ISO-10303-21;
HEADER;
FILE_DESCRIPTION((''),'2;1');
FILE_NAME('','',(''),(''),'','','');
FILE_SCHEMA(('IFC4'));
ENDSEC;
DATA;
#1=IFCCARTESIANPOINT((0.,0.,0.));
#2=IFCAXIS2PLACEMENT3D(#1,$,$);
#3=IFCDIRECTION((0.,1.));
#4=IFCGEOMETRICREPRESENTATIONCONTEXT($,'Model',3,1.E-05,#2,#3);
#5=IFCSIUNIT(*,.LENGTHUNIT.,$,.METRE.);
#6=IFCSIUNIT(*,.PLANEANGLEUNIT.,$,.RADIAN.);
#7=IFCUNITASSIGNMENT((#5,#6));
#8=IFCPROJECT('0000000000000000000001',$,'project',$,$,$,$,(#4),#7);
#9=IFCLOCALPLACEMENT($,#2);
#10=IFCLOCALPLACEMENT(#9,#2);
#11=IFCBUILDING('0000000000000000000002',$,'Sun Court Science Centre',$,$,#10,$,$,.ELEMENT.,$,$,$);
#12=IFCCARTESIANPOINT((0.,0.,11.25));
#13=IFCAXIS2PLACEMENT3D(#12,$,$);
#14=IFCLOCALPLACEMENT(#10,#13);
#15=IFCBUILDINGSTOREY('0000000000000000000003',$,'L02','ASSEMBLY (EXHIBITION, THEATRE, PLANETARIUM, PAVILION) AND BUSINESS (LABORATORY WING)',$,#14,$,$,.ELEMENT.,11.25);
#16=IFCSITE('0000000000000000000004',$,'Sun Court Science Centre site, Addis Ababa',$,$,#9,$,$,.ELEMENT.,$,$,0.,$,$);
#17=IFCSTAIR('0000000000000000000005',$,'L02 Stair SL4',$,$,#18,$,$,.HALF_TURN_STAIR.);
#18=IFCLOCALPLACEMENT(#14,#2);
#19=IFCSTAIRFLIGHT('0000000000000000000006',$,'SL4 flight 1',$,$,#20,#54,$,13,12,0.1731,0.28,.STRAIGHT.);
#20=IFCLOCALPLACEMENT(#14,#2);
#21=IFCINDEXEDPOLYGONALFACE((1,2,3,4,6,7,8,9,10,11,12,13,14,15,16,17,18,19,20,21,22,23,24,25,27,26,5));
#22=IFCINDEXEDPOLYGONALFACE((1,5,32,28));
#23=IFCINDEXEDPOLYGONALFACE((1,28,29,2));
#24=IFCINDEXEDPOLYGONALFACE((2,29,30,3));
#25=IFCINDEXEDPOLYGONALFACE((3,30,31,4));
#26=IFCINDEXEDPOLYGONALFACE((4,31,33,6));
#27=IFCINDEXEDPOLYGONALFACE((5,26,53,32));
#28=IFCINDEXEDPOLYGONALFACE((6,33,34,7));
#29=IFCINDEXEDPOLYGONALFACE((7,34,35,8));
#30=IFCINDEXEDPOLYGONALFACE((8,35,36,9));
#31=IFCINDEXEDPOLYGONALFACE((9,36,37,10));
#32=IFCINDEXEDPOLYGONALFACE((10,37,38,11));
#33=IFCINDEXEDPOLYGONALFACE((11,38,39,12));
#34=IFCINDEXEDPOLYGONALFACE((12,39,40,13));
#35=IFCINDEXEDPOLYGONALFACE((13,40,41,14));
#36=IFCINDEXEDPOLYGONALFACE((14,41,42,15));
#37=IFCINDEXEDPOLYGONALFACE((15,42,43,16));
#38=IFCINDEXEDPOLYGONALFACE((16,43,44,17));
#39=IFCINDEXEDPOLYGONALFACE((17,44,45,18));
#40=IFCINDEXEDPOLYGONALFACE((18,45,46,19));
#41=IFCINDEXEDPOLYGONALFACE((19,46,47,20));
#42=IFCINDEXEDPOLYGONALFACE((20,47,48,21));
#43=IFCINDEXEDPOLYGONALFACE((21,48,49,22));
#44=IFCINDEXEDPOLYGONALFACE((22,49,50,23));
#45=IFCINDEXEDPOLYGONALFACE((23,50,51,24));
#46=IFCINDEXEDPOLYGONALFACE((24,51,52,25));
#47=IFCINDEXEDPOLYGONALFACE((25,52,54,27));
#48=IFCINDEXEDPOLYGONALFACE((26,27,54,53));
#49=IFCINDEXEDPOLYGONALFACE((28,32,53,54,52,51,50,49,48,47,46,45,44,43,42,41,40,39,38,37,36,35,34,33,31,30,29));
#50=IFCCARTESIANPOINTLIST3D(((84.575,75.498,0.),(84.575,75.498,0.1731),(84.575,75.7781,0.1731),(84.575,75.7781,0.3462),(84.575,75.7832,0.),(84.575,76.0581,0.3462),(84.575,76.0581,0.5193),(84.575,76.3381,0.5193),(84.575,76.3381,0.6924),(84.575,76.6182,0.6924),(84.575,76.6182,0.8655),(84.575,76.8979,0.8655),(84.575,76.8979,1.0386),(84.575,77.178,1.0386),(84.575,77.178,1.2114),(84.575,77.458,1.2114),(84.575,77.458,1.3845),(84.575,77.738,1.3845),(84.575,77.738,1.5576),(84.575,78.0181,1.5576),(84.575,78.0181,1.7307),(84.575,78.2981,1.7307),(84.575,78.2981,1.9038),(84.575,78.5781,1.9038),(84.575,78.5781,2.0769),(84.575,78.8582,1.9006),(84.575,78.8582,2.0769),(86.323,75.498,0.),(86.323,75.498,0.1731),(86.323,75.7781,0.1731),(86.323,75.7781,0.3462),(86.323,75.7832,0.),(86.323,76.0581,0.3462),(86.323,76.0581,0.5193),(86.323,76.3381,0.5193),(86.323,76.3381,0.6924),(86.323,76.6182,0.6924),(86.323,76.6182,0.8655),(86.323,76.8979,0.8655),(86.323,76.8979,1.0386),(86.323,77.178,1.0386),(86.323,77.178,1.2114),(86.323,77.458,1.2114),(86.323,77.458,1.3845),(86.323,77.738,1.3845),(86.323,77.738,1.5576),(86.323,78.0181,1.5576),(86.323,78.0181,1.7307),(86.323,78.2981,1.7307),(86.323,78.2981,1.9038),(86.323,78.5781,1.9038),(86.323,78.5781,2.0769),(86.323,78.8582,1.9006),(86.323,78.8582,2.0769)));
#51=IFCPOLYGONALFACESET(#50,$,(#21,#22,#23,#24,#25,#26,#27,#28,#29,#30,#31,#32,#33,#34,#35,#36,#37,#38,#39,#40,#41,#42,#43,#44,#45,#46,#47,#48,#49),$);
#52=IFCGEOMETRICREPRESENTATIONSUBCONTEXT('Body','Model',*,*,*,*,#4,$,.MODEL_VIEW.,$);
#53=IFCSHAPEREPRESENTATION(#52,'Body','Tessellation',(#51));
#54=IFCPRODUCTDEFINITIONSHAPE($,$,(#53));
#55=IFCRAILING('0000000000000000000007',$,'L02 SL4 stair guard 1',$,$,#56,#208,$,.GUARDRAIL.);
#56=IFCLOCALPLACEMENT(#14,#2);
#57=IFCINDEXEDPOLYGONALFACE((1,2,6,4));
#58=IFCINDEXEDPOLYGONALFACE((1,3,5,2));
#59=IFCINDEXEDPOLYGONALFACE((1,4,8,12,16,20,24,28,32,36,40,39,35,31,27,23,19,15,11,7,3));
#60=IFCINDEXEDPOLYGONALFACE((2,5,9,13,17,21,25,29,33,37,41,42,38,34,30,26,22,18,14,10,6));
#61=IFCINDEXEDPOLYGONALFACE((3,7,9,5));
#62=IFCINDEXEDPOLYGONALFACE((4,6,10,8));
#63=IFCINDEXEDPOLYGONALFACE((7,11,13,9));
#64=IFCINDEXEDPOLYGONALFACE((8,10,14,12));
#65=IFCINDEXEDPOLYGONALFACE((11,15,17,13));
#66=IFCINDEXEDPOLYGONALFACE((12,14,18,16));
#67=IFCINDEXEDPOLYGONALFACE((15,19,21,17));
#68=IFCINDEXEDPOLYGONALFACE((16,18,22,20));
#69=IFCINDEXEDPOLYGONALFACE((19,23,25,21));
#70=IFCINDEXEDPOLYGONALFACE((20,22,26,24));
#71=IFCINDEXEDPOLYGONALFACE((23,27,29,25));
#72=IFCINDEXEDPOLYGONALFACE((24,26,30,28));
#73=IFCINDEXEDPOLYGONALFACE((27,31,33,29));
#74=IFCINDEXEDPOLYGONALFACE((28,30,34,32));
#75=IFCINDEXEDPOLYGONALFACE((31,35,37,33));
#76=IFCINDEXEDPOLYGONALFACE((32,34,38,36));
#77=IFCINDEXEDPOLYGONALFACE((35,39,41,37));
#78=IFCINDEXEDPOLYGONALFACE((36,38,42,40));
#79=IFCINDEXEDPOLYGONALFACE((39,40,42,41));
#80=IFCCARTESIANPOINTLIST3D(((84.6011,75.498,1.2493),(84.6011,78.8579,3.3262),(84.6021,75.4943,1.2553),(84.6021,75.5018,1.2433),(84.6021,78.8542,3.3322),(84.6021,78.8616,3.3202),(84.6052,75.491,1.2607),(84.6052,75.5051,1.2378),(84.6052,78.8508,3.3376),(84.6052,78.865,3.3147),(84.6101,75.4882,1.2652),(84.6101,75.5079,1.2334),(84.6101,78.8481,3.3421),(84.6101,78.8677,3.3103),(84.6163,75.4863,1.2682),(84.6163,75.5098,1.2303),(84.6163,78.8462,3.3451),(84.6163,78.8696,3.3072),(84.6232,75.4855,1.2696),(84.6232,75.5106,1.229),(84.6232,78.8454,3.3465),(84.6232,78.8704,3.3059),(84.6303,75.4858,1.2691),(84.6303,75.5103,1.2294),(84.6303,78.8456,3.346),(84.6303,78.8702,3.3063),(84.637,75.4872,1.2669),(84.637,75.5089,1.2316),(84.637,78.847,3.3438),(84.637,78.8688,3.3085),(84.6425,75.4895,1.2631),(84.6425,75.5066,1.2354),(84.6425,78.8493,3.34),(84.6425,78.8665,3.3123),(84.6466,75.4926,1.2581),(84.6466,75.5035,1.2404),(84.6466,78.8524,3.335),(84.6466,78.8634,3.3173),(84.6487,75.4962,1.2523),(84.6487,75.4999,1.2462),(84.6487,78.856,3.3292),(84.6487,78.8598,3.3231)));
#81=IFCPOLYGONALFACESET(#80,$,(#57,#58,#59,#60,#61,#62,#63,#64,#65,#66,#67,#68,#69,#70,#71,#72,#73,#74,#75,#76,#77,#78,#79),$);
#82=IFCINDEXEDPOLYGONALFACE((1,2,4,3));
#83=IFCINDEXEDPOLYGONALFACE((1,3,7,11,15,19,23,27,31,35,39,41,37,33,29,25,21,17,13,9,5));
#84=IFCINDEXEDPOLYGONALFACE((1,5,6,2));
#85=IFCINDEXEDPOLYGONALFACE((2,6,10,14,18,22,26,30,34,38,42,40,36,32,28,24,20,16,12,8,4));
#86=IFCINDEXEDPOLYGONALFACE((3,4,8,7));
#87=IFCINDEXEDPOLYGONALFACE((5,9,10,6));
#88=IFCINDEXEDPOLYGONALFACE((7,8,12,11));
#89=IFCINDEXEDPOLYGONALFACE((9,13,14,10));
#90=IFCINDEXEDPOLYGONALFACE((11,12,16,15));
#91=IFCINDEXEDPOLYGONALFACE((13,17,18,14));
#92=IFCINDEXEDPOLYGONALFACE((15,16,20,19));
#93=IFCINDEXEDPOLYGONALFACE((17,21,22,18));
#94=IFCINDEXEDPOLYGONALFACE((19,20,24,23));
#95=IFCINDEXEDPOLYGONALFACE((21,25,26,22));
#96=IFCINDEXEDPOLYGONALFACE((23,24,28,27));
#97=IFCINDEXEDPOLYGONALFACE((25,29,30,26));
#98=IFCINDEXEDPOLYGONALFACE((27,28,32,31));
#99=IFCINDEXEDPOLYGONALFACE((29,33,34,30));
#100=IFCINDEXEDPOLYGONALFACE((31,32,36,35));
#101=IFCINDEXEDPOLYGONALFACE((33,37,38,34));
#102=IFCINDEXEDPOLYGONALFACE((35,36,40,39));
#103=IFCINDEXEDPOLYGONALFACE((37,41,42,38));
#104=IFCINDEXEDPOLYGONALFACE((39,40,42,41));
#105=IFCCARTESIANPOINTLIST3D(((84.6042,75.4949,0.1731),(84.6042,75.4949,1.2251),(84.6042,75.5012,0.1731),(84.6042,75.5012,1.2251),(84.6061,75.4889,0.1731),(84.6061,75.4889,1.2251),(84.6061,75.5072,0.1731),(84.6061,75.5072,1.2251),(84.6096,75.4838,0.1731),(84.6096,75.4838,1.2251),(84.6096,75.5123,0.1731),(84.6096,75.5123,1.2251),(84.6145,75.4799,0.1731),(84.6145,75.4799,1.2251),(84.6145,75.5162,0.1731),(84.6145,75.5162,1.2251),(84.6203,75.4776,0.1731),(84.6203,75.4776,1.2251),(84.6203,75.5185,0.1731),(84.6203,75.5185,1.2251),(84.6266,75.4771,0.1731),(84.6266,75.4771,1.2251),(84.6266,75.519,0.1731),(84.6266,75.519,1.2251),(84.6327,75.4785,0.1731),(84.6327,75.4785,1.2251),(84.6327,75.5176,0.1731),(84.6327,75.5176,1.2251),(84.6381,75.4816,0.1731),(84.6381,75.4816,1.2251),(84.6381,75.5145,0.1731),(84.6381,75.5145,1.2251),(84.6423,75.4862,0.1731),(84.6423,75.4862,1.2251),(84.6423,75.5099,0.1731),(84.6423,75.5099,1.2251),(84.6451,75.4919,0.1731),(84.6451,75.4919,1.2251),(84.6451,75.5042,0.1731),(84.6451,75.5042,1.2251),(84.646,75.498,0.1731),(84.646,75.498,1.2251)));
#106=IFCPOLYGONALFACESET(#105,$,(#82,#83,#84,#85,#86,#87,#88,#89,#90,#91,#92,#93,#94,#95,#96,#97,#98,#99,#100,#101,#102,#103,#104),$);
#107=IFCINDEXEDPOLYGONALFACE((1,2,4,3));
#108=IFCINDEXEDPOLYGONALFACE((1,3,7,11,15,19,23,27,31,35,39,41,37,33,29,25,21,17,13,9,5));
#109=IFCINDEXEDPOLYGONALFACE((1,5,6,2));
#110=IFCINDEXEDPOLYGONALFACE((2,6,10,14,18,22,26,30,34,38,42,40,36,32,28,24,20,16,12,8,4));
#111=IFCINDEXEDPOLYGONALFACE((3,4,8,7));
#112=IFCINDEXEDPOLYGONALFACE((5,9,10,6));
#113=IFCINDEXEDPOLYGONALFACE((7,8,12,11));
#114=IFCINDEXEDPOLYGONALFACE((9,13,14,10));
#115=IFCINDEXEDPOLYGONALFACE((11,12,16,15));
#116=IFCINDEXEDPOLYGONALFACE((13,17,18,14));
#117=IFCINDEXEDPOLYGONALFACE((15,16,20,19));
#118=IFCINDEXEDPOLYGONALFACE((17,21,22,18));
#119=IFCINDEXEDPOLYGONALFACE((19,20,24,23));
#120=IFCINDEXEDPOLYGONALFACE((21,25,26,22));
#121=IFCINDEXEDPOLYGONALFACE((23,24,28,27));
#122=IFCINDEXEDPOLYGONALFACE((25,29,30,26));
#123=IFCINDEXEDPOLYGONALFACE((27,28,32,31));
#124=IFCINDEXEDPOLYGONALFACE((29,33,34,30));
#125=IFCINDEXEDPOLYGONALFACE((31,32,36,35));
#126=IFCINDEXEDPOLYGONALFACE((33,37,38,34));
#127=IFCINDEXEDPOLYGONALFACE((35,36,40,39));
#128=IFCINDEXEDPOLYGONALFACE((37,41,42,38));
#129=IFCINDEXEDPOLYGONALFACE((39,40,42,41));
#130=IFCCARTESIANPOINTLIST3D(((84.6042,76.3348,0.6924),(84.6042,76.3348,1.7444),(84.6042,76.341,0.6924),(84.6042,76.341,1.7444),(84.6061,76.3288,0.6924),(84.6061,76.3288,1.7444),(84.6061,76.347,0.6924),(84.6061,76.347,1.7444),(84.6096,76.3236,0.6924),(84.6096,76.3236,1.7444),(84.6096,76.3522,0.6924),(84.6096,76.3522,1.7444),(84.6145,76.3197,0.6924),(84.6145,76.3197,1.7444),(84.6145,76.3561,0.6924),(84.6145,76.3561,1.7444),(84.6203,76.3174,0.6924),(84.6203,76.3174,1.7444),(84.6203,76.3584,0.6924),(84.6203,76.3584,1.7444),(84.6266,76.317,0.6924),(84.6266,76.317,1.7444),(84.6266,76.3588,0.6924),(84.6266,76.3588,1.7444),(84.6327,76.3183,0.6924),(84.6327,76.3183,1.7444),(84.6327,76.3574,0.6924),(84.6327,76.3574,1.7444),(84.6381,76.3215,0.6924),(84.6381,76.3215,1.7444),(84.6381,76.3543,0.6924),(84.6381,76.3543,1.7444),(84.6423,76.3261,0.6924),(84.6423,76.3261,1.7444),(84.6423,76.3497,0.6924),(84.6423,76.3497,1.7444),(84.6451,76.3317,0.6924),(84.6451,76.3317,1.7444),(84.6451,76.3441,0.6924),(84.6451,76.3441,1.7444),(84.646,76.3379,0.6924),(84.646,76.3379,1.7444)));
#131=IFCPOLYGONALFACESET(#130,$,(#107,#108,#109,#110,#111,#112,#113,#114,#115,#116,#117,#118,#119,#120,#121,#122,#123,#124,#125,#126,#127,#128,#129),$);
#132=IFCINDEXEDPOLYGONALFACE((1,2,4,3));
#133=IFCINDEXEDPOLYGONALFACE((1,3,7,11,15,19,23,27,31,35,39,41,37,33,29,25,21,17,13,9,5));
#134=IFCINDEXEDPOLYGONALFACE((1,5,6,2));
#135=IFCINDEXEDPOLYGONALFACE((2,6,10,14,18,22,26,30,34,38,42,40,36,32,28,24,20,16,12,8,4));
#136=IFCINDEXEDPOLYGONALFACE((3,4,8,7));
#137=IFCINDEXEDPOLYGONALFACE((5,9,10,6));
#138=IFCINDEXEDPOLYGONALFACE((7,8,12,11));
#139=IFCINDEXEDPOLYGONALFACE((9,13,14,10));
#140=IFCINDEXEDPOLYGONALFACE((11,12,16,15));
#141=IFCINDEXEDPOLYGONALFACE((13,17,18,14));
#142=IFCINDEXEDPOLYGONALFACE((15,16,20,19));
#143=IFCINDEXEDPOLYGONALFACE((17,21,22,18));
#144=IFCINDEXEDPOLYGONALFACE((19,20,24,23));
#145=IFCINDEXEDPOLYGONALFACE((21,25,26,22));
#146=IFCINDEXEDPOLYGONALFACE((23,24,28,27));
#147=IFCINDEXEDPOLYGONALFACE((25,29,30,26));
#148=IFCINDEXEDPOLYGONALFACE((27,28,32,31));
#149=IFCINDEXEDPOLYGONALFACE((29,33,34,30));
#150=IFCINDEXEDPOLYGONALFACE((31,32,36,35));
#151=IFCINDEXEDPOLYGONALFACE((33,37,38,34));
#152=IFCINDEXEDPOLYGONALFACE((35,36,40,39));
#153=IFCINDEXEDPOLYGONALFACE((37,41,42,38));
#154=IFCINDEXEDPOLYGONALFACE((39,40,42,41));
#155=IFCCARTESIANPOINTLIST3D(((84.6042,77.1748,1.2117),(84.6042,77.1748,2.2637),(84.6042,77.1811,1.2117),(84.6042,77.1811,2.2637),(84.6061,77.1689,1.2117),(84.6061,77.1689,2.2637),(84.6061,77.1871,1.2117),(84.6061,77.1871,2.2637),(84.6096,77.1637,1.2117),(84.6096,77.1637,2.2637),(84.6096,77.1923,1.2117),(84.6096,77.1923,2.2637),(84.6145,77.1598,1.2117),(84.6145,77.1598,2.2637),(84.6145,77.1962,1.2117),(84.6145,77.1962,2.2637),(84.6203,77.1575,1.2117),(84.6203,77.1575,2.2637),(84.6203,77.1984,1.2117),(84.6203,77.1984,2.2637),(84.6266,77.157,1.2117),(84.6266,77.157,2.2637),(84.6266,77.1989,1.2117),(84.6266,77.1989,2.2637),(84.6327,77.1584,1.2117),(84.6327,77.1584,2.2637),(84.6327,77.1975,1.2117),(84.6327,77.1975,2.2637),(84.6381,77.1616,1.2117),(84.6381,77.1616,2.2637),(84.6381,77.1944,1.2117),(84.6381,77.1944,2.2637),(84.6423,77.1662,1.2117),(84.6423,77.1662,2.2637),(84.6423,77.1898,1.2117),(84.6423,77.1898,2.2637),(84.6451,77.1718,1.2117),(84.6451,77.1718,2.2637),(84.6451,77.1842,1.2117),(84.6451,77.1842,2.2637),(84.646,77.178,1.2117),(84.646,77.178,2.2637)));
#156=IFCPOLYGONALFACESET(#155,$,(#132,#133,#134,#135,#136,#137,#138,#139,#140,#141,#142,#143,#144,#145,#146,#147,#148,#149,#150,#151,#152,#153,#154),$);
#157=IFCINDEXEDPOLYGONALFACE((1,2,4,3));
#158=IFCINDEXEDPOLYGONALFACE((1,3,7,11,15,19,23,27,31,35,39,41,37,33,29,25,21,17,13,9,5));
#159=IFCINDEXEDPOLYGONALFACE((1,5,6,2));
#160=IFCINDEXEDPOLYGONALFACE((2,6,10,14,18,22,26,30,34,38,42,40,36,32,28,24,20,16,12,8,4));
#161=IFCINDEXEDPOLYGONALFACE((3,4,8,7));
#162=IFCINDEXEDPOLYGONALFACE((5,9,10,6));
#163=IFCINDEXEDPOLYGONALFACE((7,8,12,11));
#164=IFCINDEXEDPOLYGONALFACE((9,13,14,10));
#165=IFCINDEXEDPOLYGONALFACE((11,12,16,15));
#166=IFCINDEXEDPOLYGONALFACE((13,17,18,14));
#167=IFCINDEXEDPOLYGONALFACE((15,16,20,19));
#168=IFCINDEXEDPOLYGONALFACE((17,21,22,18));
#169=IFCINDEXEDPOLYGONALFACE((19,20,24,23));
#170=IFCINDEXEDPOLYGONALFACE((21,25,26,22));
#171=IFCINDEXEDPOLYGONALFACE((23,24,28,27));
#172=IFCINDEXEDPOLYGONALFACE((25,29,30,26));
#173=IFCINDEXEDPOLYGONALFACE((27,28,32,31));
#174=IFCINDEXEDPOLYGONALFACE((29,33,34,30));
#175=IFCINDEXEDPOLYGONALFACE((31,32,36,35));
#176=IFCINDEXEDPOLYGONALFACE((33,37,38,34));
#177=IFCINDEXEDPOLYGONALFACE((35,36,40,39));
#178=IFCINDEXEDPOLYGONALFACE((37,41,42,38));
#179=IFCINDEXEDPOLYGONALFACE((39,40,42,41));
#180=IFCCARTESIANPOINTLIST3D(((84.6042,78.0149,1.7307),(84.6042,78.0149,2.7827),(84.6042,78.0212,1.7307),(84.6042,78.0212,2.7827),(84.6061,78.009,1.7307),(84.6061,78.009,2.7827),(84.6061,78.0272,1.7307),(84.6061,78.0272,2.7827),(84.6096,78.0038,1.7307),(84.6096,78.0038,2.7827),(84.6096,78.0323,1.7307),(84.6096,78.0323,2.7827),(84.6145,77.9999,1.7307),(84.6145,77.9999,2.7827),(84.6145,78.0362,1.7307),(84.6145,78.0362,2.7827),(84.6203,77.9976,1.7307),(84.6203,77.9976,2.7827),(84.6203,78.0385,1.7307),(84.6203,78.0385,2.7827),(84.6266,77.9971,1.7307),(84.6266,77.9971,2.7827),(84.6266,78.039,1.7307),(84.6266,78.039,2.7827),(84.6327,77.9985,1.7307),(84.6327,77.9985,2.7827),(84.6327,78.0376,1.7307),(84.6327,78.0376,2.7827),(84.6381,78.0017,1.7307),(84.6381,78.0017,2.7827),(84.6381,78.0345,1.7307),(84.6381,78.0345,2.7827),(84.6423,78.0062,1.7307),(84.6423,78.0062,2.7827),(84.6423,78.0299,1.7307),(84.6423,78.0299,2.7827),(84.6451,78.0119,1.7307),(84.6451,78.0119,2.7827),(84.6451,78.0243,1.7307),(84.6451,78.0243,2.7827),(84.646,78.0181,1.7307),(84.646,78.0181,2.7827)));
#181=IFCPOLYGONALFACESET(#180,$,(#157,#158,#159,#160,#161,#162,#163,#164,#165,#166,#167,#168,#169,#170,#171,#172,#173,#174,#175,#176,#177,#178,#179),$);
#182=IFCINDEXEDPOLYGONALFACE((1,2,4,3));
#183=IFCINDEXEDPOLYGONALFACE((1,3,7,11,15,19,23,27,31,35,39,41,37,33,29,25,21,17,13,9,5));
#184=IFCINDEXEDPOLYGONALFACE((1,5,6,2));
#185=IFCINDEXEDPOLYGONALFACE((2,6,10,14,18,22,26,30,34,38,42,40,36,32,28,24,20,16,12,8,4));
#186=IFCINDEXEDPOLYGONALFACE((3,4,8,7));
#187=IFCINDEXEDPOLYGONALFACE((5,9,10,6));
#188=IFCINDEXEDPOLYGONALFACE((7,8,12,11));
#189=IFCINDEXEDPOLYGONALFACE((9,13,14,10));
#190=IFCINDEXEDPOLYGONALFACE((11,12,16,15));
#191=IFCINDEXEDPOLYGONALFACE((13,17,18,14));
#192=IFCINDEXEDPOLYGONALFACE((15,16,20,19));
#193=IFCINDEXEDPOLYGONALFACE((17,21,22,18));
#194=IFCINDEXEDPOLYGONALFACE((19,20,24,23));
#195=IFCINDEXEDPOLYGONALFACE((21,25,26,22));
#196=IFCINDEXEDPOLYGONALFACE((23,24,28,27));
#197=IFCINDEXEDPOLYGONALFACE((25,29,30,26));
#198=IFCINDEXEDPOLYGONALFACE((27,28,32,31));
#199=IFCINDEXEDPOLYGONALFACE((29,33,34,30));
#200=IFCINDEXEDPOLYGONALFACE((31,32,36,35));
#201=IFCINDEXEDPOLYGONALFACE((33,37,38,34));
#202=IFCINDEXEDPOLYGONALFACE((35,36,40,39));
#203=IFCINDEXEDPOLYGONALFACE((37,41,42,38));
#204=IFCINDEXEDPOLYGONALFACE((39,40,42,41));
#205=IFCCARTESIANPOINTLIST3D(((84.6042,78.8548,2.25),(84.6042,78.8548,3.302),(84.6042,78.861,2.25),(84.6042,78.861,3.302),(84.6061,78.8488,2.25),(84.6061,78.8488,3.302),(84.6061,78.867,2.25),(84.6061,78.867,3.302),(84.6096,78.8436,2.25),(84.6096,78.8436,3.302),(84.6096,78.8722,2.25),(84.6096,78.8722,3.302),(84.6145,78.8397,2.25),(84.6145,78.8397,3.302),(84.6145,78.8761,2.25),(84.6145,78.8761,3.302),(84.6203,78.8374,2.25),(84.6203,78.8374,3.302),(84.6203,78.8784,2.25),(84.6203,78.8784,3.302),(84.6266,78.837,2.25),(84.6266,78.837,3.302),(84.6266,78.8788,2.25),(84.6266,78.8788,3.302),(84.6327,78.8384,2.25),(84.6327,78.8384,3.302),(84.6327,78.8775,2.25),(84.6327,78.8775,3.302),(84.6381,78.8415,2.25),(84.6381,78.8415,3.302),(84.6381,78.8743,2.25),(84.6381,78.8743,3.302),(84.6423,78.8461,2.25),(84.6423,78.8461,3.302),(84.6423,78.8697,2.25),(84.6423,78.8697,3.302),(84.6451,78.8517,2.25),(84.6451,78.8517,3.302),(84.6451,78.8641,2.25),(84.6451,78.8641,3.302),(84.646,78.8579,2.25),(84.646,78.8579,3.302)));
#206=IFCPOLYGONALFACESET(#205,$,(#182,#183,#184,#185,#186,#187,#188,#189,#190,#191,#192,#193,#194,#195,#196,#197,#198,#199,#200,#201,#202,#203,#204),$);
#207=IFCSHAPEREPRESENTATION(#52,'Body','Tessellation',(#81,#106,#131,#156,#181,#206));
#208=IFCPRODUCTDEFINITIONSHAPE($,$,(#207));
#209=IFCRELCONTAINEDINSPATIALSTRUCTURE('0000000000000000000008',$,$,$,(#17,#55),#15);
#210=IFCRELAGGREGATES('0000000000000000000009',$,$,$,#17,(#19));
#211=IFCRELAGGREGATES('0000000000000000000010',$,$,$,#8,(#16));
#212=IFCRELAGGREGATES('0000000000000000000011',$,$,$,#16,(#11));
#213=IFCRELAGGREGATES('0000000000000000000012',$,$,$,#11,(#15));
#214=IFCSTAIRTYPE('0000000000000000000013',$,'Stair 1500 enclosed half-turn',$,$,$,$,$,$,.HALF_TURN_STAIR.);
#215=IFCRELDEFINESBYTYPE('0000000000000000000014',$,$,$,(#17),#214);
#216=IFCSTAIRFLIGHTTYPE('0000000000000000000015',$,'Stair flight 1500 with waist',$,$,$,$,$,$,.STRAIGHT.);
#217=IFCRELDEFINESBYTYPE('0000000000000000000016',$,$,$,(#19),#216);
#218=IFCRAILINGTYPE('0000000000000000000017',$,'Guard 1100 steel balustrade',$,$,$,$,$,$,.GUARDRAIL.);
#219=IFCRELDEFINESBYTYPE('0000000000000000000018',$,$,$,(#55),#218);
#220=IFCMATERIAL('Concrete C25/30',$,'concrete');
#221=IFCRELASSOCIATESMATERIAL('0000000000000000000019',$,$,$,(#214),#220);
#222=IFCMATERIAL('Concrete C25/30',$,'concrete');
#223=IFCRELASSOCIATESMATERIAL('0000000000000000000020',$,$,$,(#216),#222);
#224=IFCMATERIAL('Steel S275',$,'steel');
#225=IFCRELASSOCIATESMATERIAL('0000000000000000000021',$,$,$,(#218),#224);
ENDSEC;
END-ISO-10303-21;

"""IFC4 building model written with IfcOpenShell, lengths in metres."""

from ifc_helpers import new_model, si_unit, direction, frame, origin, origin_2d, place, context, subcontext, project, spatial, polyline, circle, outline, extrude, material, type_object, element, aggregate, save


model = new_model("IFC4")

# Units and contexts
model_context = context("Model", 3, precision=1e-05, world=origin(), true_north=direction((0.0, 1.0)))
body_context = subcontext(model_context, "Body", "Model", "MODEL_VIEW")
ifc_project = project(units=[si_unit("LENGTHUNIT", "METRE"), si_unit("PLANEANGLEUNIT", "RADIAN")], contexts=[model_context])

# Site, building, storey
site_placement = place(None, origin())
site = spatial("IfcSite", under=ifc_project, at=site_placement, Name="Sun Court Science Centre site, Addis Ababa", CompositionType="ELEMENT", RefElevation=0.0)
building_placement = place(site_placement, origin())
building = spatial("IfcBuilding", under=site, at=building_placement, Name="Sun Court Science Centre", CompositionType="ELEMENT")
storey_placement = place(building_placement, frame((0.0, 0.0, 11.25)))
storey = spatial("IfcBuildingStorey", under=building, at=storey_placement, Name="L02", Description="ASSEMBLY (EXHIBITION, THEATRE, PLANETARIUM, PAVILION) AND BUSINESS (LABORATORY WING)", CompositionType="ELEMENT", Elevation=11.25)

# Stair, stair flight
ifc_material_1 = material(Name="Concrete C25/30", Category="concrete")
stair_type = type_object("IfcStairType", Name="Stair 1500 enclosed half-turn", PredefinedType="HALF_TURN_STAIR", material=ifc_material_1)
stair_placement = place(storey_placement, origin())
stair = element("IfcStair", 1, at=stair_placement, inside=storey, type_object=stair_type, Name="L02 Stair SL4", PredefinedType="HALF_TURN_STAIR")
ifc_material_2 = material(Name="Concrete C25/30", Category="concrete")
stair_flight_type = type_object("IfcStairFlightType", Name="Stair flight 1500 with waist", PredefinedType="STRAIGHT", material=ifc_material_2)
stair_flight_placement = place(storey_placement, frame((85.449, 75.498, 0.0), z_axis=(0.0, 0.0, 1.0), x_axis=(0.0, 1.0, 0.0)))
stair_flight = element("IfcStairFlight", 2, at=stair_flight_placement, type_object=stair_flight_type, Name="SL4 flight 1", NumberOfRisers=13, NumberOfTreads=12, PredefinedType="STRAIGHT", RiserHeight=0.1731, TreadLength=0.28, context=body_context, shape_type="SweptSolid", body=[
    extrude(outline(polyline([(0.0, 0.0), (0.0, 0.1731), (0.28, 0.1731), (0.28, 0.3462), (0.5601, 0.3462), (0.5601, 0.5193), (0.8401, 0.5193), (0.8401, 0.6924), (1.1201, 0.6924), (1.1201, 0.8655), (1.3999, 0.8655), (1.3999, 1.0386), (1.6799, 1.0386), (1.6799, 1.2114), (1.96, 1.2114), (1.96, 1.3845), (2.24, 1.3845), (2.24, 1.5576), (2.52, 1.5576), (2.52, 1.7307), (2.8, 1.7307), (2.8, 1.9038), (3.0801, 1.9038), (3.0801, 2.0769), (3.3601, 2.0769), (3.3601, 2.25), (3.3601, 1.9006), (0.2852, 0.0), (0.0, 0.0)])), frame((0.0, 0.874, 0.0), z_axis=(0.0, -1.0, 0.0), x_axis=(1.0, 0.0, 0.0)), (0.0, 0.0, 1.0), 1.748),
])
aggregate(stair, [stair_flight])

# Railing
ifc_material_3 = material(Name="Steel S275", Category="steel")
railing_type_1 = type_object("IfcRailingType", Name="Guard 1100 steel balustrade", PredefinedType="GUARDRAIL", material=ifc_material_3)
railing_1_placement = place(storey_placement, frame((84.625, 75.498, 0.1731)))
element("IfcRailing", 3, at=railing_1_placement, inside=storey, type_object=railing_type_1, Name="L02 SL4 stair guard 1", PredefinedType="GUARDRAIL", context=body_context, shape_type="SweptSolid", body=[
    extrude(circle(Radius=0.0239, at=origin_2d()), frame((0.0, 0.0, 1.0762), z_axis=(0.0, 0.850606, 0.525803), x_axis=(-1.0, 0.0, 0.0)), (0.0, 0.0, 1.0), 3.95),
    extrude(circle(Radius=0.021, at=origin_2d()), origin(), (0.0, 0.0, 1.0), 1.052),
    extrude(circle(Radius=0.021, at=origin_2d()), frame((0.0, 0.8398, 0.5193)), (0.0, 0.0, 1.0), 1.052),
    extrude(circle(Radius=0.021, at=origin_2d()), frame((0.0, 1.6799, 1.0386)), (0.0, 0.0, 1.0), 1.052),
    extrude(circle(Radius=0.021, at=origin_2d()), frame((0.0, 2.52, 1.5576)), (0.0, 0.0, 1.0), 1.052),
    extrude(circle(Radius=0.021, at=origin_2d()), frame((0.0, 3.3599, 2.0769)), (0.0, 0.0, 1.0), 1.052),
])

save(model, "model.ifc")
